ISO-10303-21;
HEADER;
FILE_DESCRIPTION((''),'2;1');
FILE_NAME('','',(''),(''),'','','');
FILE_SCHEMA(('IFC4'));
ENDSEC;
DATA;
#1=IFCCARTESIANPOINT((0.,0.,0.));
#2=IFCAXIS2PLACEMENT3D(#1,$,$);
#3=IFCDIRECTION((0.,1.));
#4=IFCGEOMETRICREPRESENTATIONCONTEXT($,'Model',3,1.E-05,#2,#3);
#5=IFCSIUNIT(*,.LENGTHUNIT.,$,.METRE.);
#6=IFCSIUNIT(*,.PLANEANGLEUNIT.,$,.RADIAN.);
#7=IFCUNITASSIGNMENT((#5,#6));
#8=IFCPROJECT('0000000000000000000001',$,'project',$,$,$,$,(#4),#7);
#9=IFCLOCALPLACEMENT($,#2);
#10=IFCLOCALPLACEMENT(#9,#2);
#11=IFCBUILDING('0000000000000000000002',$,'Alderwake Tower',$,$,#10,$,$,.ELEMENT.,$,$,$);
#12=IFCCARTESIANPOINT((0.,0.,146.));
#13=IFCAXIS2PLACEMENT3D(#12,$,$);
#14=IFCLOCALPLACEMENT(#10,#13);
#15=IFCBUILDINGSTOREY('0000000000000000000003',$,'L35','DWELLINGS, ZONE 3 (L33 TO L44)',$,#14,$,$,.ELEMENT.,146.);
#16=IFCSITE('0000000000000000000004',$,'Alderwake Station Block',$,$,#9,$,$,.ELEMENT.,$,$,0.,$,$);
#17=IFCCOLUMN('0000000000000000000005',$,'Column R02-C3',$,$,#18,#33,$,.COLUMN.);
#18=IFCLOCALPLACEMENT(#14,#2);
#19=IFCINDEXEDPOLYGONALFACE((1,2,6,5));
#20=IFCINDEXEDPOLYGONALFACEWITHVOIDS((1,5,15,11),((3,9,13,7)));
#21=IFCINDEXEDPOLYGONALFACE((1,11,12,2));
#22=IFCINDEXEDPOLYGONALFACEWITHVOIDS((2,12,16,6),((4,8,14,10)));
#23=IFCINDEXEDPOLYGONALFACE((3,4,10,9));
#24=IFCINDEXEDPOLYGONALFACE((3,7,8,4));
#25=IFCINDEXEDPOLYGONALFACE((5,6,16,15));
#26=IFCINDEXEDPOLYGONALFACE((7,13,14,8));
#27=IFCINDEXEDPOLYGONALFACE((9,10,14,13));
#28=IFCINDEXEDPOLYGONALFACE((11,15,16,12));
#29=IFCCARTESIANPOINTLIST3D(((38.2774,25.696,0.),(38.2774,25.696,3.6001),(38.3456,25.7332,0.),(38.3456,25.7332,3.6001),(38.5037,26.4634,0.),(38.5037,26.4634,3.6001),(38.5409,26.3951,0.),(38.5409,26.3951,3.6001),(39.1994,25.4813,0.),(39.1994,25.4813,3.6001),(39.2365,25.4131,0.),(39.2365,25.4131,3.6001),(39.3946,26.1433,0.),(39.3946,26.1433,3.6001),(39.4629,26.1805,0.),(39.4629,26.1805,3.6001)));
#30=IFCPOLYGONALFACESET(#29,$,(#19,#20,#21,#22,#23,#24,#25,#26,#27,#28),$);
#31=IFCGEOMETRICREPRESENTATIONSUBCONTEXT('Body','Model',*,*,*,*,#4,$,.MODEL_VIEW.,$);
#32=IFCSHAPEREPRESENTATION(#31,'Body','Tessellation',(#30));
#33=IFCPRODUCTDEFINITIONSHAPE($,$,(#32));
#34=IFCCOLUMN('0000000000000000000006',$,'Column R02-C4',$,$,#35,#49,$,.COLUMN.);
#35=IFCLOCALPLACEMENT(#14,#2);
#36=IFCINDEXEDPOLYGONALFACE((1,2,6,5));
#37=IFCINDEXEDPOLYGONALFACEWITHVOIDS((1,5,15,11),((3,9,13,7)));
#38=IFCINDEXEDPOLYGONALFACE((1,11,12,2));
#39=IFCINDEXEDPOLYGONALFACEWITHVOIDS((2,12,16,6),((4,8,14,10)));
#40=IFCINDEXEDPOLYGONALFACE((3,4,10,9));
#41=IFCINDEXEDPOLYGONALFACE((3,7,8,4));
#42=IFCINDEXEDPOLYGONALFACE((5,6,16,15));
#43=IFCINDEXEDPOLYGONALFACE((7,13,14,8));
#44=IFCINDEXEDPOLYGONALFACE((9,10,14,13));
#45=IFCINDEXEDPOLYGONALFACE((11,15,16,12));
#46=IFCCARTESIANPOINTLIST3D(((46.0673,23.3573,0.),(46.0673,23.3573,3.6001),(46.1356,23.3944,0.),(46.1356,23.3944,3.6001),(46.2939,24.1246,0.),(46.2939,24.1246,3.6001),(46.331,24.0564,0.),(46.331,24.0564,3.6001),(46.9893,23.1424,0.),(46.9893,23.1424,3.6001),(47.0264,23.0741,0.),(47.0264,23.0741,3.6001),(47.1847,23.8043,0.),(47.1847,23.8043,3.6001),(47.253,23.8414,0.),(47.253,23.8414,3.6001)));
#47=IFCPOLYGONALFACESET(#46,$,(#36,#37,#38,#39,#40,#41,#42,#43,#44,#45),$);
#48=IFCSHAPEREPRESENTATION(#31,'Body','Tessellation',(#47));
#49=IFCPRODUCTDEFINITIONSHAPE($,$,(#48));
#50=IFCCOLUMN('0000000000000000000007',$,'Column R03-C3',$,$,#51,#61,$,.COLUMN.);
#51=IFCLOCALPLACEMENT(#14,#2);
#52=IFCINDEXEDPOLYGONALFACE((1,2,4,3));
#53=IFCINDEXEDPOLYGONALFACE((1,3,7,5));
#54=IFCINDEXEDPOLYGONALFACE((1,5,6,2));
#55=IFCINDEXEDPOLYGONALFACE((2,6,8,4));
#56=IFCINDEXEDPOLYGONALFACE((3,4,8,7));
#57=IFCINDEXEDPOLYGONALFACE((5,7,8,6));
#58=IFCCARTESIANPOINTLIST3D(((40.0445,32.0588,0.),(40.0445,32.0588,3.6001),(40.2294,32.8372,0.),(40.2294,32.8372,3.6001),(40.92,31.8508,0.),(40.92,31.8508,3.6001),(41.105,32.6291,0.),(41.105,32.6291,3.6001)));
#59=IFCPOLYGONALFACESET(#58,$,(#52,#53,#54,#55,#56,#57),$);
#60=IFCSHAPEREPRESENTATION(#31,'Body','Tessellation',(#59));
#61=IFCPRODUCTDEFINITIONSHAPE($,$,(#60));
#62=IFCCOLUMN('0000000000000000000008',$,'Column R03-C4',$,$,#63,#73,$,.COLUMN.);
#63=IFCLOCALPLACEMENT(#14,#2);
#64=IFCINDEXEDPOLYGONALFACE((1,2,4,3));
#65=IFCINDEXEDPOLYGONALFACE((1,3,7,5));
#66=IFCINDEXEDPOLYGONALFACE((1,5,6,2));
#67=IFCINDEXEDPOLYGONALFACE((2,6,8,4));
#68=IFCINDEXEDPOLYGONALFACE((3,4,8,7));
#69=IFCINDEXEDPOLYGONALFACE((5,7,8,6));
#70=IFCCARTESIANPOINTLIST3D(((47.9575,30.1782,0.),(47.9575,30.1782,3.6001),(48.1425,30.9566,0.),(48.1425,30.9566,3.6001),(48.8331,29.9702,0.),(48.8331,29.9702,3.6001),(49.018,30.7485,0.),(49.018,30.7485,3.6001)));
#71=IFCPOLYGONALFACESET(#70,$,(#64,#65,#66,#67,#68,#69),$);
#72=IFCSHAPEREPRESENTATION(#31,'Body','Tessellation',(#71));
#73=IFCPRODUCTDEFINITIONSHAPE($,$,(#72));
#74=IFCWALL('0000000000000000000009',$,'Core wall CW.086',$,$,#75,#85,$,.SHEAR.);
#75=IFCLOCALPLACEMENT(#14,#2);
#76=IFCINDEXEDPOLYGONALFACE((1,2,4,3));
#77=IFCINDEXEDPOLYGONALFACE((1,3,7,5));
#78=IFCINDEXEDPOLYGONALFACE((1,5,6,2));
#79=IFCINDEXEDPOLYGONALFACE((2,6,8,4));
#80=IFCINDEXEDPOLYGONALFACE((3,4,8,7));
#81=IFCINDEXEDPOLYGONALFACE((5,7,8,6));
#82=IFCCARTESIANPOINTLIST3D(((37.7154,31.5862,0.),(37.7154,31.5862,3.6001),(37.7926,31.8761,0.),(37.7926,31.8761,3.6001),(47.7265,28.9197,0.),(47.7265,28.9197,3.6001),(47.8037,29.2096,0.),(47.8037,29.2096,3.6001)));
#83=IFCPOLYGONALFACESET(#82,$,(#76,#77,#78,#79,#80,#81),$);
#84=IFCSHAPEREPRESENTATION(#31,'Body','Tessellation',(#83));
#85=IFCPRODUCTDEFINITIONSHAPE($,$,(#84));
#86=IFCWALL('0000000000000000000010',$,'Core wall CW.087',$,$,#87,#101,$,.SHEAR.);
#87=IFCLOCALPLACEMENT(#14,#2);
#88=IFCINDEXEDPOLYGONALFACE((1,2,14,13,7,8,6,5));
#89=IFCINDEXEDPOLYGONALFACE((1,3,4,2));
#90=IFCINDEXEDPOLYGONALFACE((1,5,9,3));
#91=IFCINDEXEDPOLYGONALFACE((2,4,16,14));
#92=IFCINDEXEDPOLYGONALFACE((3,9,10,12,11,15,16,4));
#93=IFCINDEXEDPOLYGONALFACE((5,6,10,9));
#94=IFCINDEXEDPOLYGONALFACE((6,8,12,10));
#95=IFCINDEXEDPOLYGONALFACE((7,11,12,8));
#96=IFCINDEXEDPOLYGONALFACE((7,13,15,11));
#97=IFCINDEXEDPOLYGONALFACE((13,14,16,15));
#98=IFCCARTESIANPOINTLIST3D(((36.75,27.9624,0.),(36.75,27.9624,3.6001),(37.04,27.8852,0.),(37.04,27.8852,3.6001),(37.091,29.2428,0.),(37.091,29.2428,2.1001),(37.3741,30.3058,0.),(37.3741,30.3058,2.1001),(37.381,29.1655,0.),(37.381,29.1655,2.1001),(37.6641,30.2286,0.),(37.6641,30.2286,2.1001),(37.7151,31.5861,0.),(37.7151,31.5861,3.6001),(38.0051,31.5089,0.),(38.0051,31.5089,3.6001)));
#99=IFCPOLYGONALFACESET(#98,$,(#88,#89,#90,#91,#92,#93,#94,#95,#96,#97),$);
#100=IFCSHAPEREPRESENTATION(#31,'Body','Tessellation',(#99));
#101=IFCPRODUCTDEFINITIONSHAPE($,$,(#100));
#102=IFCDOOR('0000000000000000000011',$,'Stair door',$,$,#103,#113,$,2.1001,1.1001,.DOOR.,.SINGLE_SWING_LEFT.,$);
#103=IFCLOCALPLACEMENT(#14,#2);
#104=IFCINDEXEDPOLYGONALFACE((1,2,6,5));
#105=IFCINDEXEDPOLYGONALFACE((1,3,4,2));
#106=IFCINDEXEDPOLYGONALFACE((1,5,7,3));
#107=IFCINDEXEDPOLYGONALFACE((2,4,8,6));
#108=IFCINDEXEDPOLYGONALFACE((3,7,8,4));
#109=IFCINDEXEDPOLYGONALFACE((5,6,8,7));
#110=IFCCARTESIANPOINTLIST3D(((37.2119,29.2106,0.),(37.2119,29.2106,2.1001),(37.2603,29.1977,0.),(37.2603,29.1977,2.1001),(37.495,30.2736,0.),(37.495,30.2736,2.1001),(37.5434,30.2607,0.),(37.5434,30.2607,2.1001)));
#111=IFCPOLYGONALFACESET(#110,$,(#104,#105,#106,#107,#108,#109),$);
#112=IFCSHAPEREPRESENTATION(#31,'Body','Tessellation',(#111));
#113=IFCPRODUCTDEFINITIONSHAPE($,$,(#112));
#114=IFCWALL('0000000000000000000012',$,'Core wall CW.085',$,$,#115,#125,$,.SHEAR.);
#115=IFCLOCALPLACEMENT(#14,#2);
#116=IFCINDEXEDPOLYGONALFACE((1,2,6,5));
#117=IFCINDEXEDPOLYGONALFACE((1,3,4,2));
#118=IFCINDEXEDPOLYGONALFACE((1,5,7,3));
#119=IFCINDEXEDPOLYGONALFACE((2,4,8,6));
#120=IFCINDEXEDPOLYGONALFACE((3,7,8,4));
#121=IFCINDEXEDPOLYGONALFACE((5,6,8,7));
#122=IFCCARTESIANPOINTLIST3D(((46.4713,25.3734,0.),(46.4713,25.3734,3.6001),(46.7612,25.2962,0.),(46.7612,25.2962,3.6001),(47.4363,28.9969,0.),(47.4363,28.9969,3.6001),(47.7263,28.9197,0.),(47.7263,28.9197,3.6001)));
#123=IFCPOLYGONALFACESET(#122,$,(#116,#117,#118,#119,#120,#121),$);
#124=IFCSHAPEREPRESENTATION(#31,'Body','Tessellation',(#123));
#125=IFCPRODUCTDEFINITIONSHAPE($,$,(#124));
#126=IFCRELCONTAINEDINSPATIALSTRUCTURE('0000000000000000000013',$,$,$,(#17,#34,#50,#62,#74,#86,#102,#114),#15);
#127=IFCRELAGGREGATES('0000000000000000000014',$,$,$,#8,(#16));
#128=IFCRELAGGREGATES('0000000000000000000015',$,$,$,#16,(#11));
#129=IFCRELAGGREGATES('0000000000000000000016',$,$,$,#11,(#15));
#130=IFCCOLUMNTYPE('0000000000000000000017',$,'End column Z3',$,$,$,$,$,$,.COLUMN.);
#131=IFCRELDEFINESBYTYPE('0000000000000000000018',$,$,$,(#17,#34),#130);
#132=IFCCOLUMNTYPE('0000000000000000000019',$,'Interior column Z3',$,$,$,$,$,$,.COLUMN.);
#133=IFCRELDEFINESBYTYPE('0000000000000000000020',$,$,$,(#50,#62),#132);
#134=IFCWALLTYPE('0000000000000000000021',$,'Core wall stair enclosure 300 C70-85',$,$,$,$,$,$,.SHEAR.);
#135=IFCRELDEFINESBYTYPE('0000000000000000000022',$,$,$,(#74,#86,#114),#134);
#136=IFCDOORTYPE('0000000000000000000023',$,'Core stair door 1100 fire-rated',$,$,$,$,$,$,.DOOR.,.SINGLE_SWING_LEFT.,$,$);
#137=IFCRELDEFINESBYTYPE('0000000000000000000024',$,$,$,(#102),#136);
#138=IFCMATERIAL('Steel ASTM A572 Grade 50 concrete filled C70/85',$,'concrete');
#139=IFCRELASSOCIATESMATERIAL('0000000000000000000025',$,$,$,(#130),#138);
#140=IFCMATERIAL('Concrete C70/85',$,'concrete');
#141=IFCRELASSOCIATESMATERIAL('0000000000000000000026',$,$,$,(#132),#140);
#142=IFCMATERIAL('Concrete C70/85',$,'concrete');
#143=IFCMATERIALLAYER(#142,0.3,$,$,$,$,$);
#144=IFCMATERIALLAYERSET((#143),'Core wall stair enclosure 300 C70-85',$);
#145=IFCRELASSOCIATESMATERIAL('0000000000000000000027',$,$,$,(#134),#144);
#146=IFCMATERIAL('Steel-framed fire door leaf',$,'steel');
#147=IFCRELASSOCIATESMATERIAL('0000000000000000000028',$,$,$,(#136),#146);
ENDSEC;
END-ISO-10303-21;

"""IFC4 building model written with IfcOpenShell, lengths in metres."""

from ifc_helpers import new_model, si_unit, direction, frame, frame_2d, origin, origin_2d, place, context, subcontext, project, spatial, rectangle, hollow_rectangle, extrude, material, layer, layer_set, material_profile, profile_set, type_object, element, fill, save


model = new_model("IFC4")

# Units and contexts
model_context = context("Model", 3, precision=1e-05, world=origin(), true_north=direction((0.0, 1.0)))
body_context = subcontext(model_context, "Body", "Model", "MODEL_VIEW")
ifc_project = project(units=[si_unit("LENGTHUNIT", "METRE"), si_unit("PLANEANGLEUNIT", "RADIAN")], contexts=[model_context])

# Site, building, storey
site_placement = place(None, origin())
site = spatial("IfcSite", under=ifc_project, at=site_placement, Name="Alderwake Station Block", CompositionType="ELEMENT", RefElevation=0.0)
building_placement = place(site_placement, origin())
building = spatial("IfcBuilding", under=site, at=building_placement, Name="Alderwake Tower", CompositionType="ELEMENT")
storey_placement = place(building_placement, frame((0.0, 0.0, 146.0)))
storey = spatial("IfcBuildingStorey", under=building, at=storey_placement, Name="L35", Description="DWELLINGS, ZONE 3 (L33 TO L44)", CompositionType="ELEMENT", Elevation=146.0)

# Columns
ifc_material_1 = material(Name="Steel ASTM A572 Grade 50 concrete filled C70/85", Category="concrete")
ifc_material_profile_1 = material_profile(ifc_material_1, hollow_rectangle(XDim=0.8, YDim=1.0, WallThickness=0.0549, at=origin_2d()), Name="BOX 1000X800X55")
ifc_profile_set_1 = profile_set([ifc_material_profile_1], Name="Steel ASTM A572 Grade 50 concrete filled C70/85")
column_type_1 = type_object("IfcColumnType", Name="End column Z3", PredefinedType="COLUMN", material=ifc_profile_set_1)
for number, where, z_axis, x_axis, name in (
    (1, (38.8701, 25.9382, 0.0), (0.0, 0.0, 1.0), (0.282909, 0.959147, 0.0), "Column R02-C3"),
    (2, (46.6602, 23.5994, 0.0), (0.0, 0.0, 1.0), (0.283195, 0.959062, 0.0), "Column R02-C4"),
):
    element("IfcColumn", number, at=place(storey_placement, frame(where, z_axis=z_axis, x_axis=x_axis)), inside=storey, type_object=column_type_1, Name=name, PredefinedType="COLUMN", context=body_context, shape_type="SweptSolid", body=[
        extrude(hollow_rectangle(XDim=0.8, YDim=1.0, WallThickness=0.0549, at=origin_2d()), origin(), (0.0, 0.0, 1.0), 3.6001),
    ])
ifc_material_2 = material(Name="Concrete C70/85", Category="concrete")
ifc_material_profile_2 = material_profile(ifc_material_2, rectangle(XDim=0.8, YDim=0.8999, at=origin_2d()), Name="RC 900X800")
ifc_profile_set_2 = profile_set([ifc_material_profile_2], Name="Concrete C70/85")
column_type_2 = type_object("IfcColumnType", Name="Interior column Z3", PredefinedType="COLUMN", material=ifc_profile_set_2)
for number, where, z_axis, x_axis, name in (
    (3, (40.5747, 32.344, 0.0), (0.0, 0.0, 1.0), (0.231222, 0.972901, 0.0), "Column R03-C3"),
    (4, (48.4878, 30.4634, 0.0), (0.0, 0.0, 1.0), (0.231222, 0.972901, 0.0), "Column R03-C4"),
):
    element("IfcColumn", number, at=place(storey_placement, frame(where, z_axis=z_axis, x_axis=x_axis)), inside=storey, type_object=column_type_2, Name=name, PredefinedType="COLUMN", context=body_context, shape_type="SweptSolid", body=[
        extrude(rectangle(XDim=0.8, YDim=0.8999, at=origin_2d()), origin(), (0.0, 0.0, 1.0), 3.6001),
    ])

# Wall
ifc_material_3 = material(Name="Concrete C70/85", Category="concrete")
ifc_layer_1 = layer(ifc_material_3, 0.3)
ifc_layer_set_1 = layer_set([ifc_layer_1], Name="Core wall stair enclosure 300 C70-85")
wall_type_1 = type_object("IfcWallType", Name="Core wall stair enclosure 300 C70-85", PredefinedType="SHEAR", material=ifc_layer_set_1)
wall_1_placement = place(storey_placement, frame((37.7539, 31.7312, 0.0), z_axis=(0.0, 0.0, 1.0), x_axis=(0.966309, -0.257384, 0.0)))
element("IfcWall", 5, at=wall_1_placement, inside=storey, type_object=wall_type_1, Name="Core wall CW.086", PredefinedType="SHEAR", context=body_context, shape_type="SweptSolid", body=[
    extrude(rectangle(XDim=10.3601, YDim=0.3, at=frame_2d((5.1802, 0.0))), origin(), (0.0, 0.0, 1.0), 3.6001),
])

# Wall, opening, door
wall_2_placement = place(storey_placement, frame((36.895, 27.9238, 0.0), z_axis=(0.0, 0.0, 1.0), x_axis=(0.257351, 0.966318, 0.0)))
wall_2 = element("IfcWall", 6, at=wall_2_placement, inside=storey, type_object=wall_type_1, Name="Core wall CW.087", PredefinedType="SHEAR", context=body_context, shape_type="SweptSolid", body=[
    extrude(rectangle(XDim=3.75, YDim=0.3, at=frame_2d((1.875, 0.0))), origin(), (0.0, 0.0, 1.0), 3.6001),
])
opening_1_placement = place(wall_2_placement, frame((1.325, 0.0, 0.0)))
opening_1 = element("IfcOpeningElement", 7, at=opening_1_placement, cuts=wall_2, PredefinedType="OPENING", context=body_context, shape_type="SweptSolid", body=[
    extrude(rectangle(XDim=1.1001, YDim=2.1001, at=frame_2d((0.55, 1.05))), frame((0.0, 0.1599, 0.0), z_axis=(0.0, -1.0, 0.0), x_axis=(1.0, 0.0, 0.0)), (0.0, 0.0, 1.0), 0.3201),
])
ifc_material_4 = material(Name="Steel-framed fire door leaf", Category="steel")
door_type = type_object("IfcDoorType", Name="Core stair door 1100 fire-rated", OperationType="SINGLE_SWING_LEFT", PredefinedType="DOOR", material=ifc_material_4)
door_placement = place(opening_1_placement, origin())
door = element("IfcDoor", 8, at=door_placement, inside=storey, type_object=door_type, Name="Stair door", OperationType="SINGLE_SWING_LEFT", OverallHeight=2.1001, OverallWidth=1.1001, PredefinedType="DOOR", context=body_context, shape_type="SweptSolid", body=[
    extrude(rectangle(XDim=1.1001, YDim=2.1001, at=frame_2d((0.55, 1.05))), frame((0.0, 0.0249, 0.0), z_axis=(0.0, -1.0, 0.0), x_axis=(1.0, 0.0, 0.0)), (0.0, 0.0, 1.0), 0.05),
])
fill(opening_1, door)

# Wall
wall_3_placement = place(storey_placement, frame((46.6162, 25.3347, 0.0), z_axis=(0.0, 0.0, 1.0), x_axis=(0.257367, 0.966314, 0.0)))
element("IfcWall", 9, at=wall_3_placement, inside=storey, type_object=wall_type_1, Name="Core wall CW.085", PredefinedType="SHEAR", context=body_context, shape_type="SweptSolid", body=[
    extrude(rectangle(XDim=3.7498, YDim=0.3, at=frame_2d((1.875, 0.0))), origin(), (0.0, 0.0, 1.0), 3.6001),
])

save(model, "model.ifc")
